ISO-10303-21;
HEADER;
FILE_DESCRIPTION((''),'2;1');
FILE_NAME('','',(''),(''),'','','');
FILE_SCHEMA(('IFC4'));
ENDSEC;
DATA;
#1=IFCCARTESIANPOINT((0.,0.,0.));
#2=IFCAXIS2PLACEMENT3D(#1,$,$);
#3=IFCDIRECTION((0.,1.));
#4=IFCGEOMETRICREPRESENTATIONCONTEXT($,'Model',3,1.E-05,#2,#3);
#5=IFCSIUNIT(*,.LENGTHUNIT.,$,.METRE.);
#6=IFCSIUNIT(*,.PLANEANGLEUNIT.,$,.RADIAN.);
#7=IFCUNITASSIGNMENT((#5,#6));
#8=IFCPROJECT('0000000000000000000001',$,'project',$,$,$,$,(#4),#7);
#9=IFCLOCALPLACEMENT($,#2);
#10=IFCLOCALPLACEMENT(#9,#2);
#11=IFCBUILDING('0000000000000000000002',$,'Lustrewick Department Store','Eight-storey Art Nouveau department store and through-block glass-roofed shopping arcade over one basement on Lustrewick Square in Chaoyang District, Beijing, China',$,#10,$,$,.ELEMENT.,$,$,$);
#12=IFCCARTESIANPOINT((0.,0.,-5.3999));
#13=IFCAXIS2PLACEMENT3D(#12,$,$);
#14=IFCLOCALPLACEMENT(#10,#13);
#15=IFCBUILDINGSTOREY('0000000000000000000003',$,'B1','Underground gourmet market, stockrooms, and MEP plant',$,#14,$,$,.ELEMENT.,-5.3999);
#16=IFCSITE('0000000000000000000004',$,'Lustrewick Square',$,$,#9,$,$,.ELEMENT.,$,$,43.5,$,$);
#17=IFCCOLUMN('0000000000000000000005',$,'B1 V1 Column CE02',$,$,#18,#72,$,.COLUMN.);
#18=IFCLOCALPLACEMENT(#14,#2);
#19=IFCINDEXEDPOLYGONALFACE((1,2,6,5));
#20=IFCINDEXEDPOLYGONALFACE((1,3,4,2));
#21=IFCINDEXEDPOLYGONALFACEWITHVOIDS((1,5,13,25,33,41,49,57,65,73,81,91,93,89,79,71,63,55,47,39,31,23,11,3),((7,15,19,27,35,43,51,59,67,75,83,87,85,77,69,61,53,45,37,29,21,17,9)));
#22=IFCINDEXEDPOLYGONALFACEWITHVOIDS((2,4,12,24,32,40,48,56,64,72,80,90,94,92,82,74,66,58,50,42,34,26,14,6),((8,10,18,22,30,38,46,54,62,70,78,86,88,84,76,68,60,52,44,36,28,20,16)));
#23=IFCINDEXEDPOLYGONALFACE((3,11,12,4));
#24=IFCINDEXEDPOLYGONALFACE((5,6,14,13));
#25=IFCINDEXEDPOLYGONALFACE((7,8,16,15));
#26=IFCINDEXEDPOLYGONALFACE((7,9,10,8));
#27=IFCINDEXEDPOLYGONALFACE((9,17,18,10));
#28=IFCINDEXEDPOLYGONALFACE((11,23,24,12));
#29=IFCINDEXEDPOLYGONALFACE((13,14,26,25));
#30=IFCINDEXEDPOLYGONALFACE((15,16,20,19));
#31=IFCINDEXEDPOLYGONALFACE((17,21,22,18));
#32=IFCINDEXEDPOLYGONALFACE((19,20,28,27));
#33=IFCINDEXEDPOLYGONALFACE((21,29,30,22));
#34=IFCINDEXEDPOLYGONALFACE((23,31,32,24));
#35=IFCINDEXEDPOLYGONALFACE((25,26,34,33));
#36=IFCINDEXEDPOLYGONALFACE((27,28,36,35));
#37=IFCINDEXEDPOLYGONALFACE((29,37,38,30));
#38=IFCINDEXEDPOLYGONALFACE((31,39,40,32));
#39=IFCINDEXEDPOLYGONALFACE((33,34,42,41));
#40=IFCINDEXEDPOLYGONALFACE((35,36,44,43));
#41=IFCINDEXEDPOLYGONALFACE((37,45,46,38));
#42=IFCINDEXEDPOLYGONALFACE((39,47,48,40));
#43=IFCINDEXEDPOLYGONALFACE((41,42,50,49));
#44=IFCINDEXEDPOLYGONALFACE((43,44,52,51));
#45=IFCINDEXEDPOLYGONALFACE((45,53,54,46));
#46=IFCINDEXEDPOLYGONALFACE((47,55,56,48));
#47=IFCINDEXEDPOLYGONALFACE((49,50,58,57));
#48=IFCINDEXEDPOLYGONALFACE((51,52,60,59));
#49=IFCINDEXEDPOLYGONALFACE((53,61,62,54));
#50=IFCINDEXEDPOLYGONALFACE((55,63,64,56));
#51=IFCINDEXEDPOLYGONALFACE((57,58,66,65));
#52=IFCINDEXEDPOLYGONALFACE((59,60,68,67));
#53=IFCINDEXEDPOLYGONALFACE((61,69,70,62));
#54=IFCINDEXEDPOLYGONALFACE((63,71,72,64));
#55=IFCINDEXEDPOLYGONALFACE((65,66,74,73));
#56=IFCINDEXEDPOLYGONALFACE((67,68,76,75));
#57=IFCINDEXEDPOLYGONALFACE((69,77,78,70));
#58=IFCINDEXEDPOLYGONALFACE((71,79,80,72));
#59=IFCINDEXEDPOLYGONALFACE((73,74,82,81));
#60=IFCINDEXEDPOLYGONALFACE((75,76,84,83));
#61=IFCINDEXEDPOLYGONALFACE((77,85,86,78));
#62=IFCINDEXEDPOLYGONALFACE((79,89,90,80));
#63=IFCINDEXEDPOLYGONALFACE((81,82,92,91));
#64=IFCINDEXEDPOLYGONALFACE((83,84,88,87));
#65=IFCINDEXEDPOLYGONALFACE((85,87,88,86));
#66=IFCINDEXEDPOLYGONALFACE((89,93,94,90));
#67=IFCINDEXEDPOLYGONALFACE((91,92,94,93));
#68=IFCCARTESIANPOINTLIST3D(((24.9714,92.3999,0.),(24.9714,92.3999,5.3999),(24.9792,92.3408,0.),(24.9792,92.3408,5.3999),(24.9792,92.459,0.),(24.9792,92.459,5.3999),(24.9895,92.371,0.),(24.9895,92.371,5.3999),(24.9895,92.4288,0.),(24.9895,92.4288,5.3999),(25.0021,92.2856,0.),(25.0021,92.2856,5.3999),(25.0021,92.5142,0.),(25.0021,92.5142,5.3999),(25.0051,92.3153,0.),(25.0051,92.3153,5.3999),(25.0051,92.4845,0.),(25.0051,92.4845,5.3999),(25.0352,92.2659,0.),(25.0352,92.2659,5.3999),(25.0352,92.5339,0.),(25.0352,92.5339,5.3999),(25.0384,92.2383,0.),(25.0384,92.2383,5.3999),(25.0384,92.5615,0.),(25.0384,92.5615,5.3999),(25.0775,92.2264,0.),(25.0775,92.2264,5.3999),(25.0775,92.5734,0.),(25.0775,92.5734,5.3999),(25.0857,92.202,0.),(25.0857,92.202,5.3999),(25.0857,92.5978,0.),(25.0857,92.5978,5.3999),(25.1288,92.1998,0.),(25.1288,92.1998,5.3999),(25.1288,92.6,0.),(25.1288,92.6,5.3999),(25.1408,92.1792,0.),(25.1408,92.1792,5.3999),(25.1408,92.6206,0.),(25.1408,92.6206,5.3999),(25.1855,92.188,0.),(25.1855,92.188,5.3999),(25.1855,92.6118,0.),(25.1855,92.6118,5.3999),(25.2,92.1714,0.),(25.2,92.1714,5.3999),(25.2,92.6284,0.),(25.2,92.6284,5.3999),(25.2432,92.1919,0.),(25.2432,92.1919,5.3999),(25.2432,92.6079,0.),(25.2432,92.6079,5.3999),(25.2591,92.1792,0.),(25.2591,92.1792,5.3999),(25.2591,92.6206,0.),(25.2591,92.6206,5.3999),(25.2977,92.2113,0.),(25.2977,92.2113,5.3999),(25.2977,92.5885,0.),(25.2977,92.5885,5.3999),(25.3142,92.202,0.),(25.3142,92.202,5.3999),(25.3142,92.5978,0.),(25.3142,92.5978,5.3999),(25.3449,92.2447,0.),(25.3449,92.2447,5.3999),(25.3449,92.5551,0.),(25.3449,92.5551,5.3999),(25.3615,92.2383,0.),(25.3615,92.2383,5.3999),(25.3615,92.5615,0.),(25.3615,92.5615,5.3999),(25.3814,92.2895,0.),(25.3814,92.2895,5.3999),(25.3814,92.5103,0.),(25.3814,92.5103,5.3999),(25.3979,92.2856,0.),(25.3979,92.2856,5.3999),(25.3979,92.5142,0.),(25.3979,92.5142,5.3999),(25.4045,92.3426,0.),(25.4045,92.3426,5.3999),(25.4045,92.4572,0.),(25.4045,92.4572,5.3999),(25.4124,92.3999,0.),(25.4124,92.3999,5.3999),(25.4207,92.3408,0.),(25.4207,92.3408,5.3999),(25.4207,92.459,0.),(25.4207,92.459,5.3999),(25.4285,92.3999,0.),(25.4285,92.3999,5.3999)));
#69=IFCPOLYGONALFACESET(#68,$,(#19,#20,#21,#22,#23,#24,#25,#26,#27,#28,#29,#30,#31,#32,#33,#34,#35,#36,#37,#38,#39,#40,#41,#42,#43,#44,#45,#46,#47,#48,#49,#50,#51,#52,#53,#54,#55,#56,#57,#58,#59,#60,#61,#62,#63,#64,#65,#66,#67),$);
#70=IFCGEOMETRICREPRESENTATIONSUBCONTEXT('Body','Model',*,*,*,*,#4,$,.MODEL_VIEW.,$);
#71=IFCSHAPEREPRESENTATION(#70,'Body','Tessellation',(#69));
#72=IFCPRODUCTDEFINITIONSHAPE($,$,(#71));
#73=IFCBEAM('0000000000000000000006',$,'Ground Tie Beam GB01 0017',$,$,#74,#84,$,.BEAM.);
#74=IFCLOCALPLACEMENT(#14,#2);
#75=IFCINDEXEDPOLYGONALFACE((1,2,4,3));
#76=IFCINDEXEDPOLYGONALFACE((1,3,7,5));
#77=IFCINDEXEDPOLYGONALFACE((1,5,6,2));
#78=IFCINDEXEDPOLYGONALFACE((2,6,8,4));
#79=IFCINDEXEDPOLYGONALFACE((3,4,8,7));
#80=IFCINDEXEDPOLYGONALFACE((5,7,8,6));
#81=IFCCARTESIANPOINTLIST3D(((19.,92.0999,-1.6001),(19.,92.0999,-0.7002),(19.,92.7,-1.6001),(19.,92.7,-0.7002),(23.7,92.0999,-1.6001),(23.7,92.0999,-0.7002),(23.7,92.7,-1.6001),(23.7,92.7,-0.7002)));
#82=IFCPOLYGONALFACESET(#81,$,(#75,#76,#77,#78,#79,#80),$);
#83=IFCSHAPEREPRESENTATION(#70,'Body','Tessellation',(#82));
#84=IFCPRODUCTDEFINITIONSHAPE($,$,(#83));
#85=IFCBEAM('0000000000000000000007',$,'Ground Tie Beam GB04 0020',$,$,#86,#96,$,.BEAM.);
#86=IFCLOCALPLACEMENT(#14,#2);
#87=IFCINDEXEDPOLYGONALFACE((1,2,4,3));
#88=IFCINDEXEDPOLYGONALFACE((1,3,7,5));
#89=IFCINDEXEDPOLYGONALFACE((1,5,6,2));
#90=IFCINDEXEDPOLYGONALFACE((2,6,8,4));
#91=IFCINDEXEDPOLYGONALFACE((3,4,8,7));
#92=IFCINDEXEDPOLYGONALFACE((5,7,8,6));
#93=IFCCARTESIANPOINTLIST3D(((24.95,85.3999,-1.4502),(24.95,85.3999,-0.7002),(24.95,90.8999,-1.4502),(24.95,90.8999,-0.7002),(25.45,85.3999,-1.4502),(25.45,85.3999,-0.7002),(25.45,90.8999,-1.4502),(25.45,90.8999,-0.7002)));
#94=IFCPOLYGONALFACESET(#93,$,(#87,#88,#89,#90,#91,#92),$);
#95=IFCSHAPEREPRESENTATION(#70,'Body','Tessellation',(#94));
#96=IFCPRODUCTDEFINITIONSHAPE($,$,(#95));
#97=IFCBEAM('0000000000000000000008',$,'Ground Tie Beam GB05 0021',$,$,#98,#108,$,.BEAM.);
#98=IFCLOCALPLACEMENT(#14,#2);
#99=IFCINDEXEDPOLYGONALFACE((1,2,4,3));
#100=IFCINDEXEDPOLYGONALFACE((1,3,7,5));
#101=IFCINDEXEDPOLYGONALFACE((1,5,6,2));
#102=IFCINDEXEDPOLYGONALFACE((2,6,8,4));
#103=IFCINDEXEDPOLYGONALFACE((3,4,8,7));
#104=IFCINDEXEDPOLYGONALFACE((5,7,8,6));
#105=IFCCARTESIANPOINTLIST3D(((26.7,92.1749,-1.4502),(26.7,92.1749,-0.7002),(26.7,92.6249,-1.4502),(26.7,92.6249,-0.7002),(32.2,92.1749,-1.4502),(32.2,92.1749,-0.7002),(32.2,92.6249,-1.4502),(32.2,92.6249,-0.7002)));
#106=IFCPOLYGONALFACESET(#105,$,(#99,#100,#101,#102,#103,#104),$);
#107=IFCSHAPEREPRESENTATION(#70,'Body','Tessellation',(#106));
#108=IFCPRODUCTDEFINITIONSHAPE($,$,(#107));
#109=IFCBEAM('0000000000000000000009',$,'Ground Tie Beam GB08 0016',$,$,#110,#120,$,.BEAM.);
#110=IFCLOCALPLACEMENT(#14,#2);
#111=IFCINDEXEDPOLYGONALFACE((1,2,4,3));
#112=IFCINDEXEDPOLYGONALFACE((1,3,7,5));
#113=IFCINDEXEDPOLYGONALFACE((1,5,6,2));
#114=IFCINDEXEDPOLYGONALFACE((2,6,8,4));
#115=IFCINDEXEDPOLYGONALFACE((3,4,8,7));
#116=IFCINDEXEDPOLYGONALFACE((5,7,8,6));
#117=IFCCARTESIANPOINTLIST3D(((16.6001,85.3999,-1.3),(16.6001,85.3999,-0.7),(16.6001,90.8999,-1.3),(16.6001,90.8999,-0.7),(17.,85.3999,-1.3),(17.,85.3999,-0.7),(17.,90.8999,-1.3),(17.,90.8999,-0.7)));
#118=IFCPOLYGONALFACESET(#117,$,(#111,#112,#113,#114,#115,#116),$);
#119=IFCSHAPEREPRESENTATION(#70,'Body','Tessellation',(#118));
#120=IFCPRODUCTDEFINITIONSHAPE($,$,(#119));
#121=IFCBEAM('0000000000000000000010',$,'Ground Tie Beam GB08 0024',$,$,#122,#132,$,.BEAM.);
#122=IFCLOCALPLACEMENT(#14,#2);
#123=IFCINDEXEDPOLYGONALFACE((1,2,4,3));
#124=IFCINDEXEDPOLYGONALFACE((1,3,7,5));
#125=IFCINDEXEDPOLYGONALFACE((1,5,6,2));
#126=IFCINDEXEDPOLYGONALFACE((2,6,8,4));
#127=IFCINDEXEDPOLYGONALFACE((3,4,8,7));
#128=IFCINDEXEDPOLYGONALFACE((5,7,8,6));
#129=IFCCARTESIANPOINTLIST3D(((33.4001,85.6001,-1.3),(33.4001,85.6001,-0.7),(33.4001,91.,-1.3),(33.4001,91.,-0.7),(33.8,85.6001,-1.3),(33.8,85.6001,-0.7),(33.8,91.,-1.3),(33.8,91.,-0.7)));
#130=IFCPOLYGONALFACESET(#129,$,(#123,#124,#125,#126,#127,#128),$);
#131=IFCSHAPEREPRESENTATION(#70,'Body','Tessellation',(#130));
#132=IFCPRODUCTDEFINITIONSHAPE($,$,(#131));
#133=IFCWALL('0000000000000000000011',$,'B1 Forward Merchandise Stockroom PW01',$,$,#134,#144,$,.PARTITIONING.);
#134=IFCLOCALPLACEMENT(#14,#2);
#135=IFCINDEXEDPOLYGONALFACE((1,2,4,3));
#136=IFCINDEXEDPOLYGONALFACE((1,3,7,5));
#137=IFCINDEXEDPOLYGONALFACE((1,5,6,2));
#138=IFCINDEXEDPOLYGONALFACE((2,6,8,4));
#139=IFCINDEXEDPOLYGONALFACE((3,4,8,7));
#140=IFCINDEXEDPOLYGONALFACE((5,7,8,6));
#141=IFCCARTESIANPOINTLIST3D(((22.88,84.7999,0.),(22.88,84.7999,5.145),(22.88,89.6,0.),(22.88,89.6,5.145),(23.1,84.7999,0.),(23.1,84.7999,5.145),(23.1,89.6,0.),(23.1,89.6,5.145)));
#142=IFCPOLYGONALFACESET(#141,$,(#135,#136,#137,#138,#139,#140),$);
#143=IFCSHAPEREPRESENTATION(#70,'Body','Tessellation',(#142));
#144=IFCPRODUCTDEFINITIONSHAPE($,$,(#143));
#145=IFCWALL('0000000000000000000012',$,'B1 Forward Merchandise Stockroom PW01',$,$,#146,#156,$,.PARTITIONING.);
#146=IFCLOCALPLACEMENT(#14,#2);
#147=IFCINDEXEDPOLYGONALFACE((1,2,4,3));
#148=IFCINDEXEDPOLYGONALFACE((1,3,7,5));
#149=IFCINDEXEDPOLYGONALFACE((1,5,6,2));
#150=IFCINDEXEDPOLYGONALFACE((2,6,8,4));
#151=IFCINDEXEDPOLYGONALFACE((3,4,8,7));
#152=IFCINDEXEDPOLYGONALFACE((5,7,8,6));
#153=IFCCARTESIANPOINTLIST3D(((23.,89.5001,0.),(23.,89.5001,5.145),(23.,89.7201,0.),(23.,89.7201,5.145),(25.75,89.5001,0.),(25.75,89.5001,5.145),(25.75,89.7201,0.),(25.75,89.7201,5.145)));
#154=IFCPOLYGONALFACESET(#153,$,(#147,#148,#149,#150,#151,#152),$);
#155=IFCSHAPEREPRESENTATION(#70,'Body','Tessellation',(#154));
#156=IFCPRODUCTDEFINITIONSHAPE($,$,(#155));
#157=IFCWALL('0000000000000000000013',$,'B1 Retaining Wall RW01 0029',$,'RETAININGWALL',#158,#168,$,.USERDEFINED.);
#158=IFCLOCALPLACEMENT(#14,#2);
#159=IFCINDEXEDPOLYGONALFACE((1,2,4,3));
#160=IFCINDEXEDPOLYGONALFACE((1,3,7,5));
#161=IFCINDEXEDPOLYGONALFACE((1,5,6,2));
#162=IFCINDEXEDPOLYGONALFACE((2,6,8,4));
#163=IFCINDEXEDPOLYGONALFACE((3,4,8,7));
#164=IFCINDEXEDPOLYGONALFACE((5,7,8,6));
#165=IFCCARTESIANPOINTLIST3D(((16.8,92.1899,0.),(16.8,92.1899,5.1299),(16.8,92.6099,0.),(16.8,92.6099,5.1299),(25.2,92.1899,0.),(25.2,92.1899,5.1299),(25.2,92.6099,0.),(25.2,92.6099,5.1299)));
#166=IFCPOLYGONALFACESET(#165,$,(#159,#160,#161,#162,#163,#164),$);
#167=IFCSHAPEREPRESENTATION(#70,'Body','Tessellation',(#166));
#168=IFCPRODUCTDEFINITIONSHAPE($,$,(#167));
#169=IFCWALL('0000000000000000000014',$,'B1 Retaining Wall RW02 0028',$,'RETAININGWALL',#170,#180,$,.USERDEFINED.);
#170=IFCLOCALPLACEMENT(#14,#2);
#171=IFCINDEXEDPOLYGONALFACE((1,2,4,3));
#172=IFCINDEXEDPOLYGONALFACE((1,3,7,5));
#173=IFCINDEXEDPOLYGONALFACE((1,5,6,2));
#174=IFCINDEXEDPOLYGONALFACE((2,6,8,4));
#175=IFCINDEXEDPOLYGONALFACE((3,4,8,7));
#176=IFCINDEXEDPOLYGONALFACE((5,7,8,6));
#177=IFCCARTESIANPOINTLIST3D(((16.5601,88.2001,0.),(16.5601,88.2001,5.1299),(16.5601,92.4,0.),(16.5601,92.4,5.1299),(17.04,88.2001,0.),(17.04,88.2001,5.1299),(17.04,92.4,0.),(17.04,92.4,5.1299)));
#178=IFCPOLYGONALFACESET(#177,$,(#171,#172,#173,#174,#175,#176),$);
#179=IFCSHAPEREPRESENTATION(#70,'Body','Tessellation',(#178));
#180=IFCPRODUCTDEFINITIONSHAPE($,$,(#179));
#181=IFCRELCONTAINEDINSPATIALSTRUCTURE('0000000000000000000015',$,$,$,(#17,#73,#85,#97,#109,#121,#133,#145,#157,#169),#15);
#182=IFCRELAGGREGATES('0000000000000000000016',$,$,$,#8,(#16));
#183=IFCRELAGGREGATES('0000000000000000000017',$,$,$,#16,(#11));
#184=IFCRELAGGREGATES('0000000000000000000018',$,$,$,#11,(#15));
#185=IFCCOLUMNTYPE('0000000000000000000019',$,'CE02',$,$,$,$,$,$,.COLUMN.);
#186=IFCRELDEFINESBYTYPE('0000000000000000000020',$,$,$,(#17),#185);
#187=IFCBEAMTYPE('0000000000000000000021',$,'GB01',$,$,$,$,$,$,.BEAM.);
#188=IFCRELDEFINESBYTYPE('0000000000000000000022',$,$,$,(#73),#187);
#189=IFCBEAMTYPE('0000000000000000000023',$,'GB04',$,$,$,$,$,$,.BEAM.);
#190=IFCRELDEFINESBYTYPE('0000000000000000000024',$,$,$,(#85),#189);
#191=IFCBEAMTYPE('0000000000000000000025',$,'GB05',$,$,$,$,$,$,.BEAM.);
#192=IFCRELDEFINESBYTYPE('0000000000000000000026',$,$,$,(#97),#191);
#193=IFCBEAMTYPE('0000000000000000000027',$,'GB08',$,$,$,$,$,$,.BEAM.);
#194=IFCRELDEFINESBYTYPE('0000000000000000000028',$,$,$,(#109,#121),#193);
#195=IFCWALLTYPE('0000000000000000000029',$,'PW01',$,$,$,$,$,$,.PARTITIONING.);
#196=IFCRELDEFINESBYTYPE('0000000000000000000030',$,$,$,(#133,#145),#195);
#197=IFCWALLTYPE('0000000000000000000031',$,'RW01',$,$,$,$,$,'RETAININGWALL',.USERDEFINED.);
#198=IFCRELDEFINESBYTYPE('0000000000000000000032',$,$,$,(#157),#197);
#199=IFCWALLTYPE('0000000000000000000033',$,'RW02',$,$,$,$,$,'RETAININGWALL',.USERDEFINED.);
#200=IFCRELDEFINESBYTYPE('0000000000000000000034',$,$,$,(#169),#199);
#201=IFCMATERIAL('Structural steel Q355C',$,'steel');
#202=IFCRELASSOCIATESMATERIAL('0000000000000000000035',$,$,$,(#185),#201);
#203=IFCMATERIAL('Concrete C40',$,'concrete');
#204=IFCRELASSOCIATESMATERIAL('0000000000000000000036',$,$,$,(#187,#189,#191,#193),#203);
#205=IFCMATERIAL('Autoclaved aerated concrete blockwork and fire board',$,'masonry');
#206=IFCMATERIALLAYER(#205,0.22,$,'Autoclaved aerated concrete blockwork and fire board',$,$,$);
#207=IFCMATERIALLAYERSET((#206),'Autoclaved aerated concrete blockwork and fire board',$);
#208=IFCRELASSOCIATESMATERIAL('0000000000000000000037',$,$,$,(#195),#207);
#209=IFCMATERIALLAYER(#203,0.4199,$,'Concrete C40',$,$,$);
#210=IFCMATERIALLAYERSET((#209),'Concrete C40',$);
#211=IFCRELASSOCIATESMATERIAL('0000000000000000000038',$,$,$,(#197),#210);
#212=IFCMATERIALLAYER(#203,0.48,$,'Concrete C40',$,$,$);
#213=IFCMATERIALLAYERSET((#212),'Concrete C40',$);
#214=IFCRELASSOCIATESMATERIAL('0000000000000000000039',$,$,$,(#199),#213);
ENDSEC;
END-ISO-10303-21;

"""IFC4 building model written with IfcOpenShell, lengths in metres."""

from ifc_helpers import new_model, si_unit, direction, frame, frame_2d, origin, origin_2d, place, context, subcontext, project, spatial, rectangle, hollow_circle, extrude, material, layer, layer_set, material_profile, profile_set, type_object, element, save


model = new_model("IFC4")

# Units and contexts
model_context = context("Model", 3, precision=1e-05, world=origin(), true_north=direction((0.0, 1.0)))
body_context = subcontext(model_context, "Body", "Model", "MODEL_VIEW")
ifc_project = project(units=[si_unit("LENGTHUNIT", "METRE"), si_unit("PLANEANGLEUNIT", "RADIAN")], contexts=[model_context])

# Site, building, storey
site_placement = place(None, origin())
site = spatial("IfcSite", under=ifc_project, at=site_placement, Name="Lustrewick Square", CompositionType="ELEMENT", RefElevation=43.5)
building_placement = place(site_placement, origin())
building = spatial("IfcBuilding", under=site, at=building_placement, Name="Lustrewick Department Store", Description="Eight-storey Art Nouveau department store and through-block glass-roofed shopping arcade over one basement on Lustrewick Square in Chaoyang District, Beijing, China", CompositionType="ELEMENT")
storey_placement = place(building_placement, frame((0.0, 0.0, -5.3999)))
storey = spatial("IfcBuildingStorey", under=building, at=storey_placement, Name="B1", Description="Underground gourmet market, stockrooms, and MEP plant", CompositionType="ELEMENT", Elevation=-5.3999)

# Shared definitions
ifc_material_1 = material(Name="Concrete C40", Category="concrete")

# Column
ifc_material_2 = material(Name="Structural steel Q355C", Category="steel")
ifc_material_profile_1 = material_profile(ifc_material_2, hollow_circle(Radius=0.2285, WallThickness=0.0161, at=origin_2d()), Name="CHS 457x16")
ifc_profile_set_1 = profile_set([ifc_material_profile_1], Name="Structural steel Q355C")
column_type = type_object("IfcColumnType", Name="CE02", PredefinedType="COLUMN", material=ifc_profile_set_1)
for number, where, z_axis, x_axis, name in (
    (1, (25.2, 92.3999, 0.0), (0.0, 0.0, 1.0), (1.0, 0.0, 0.0), "B1 V1 Column CE02"),
):
    element("IfcColumn", number, at=place(storey_placement, frame(where, z_axis=z_axis, x_axis=x_axis)), inside=storey, type_object=column_type, Name=name, PredefinedType="COLUMN", context=body_context, shape_type="SweptSolid", body=[
        extrude(hollow_circle(Radius=0.2285, WallThickness=0.0161, at=origin_2d()), origin(), (0.0, 0.0, 1.0), 5.3999),
    ])

# Beams
ifc_material_profile_2 = material_profile(ifc_material_1, rectangle(XDim=0.6001, YDim=0.8999, at=origin_2d()), Name="RC 600x900")
ifc_profile_set_2 = profile_set([ifc_material_profile_2], Name="Concrete C40")
beam_type_1 = type_object("IfcBeamType", Name="GB01", PredefinedType="BEAM", material=ifc_profile_set_2)
beam_1_placement = place(storey_placement, frame((19.0, 92.3999, -1.1501), z_axis=(1.0, 0.0, 0.0), x_axis=(0.0, 1.0, 0.0)))
element("IfcBeam", 2, at=beam_1_placement, inside=storey, type_object=beam_type_1, Name="Ground Tie Beam GB01 0017", PredefinedType="BEAM", context=body_context, shape_type="SweptSolid", body=[
    extrude(rectangle(XDim=0.6001, YDim=0.8999, at=origin_2d()), origin(), (0.0, 0.0, 1.0), 4.7),
])
ifc_material_profile_3 = material_profile(ifc_material_1, rectangle(XDim=0.5, YDim=0.75, at=origin_2d()), Name="RC 500x750")
ifc_profile_set_3 = profile_set([ifc_material_profile_3], Name="Concrete C40")
beam_type_2 = type_object("IfcBeamType", Name="GB04", PredefinedType="BEAM", material=ifc_profile_set_3)
beam_2_placement = place(storey_placement, frame((25.2, 85.3999, -1.0752), z_axis=(0.0, 1.0, 0.0), x_axis=(-1.0, 0.0, 0.0)))
element("IfcBeam", 3, at=beam_2_placement, inside=storey, type_object=beam_type_2, Name="Ground Tie Beam GB04 0020", PredefinedType="BEAM", context=body_context, shape_type="SweptSolid", body=[
    extrude(rectangle(XDim=0.5, YDim=0.75, at=origin_2d()), origin(), (0.0, 0.0, 1.0), 5.5),
])
ifc_material_profile_4 = material_profile(ifc_material_1, rectangle(XDim=0.45, YDim=0.75, at=origin_2d()), Name="RC 450x750")
ifc_profile_set_4 = profile_set([ifc_material_profile_4], Name="Concrete C40")
beam_type_3 = type_object("IfcBeamType", Name="GB05", PredefinedType="BEAM", material=ifc_profile_set_4)
beam_3_placement = place(storey_placement, frame((26.7, 92.3999, -1.0752), z_axis=(1.0, 0.0, 0.0), x_axis=(0.0, 1.0, 0.0)))
element("IfcBeam", 4, at=beam_3_placement, inside=storey, type_object=beam_type_3, Name="Ground Tie Beam GB05 0021", PredefinedType="BEAM", context=body_context, shape_type="SweptSolid", body=[
    extrude(rectangle(XDim=0.45, YDim=0.75, at=origin_2d()), origin(), (0.0, 0.0, 1.0), 5.5),
])
ifc_material_profile_5 = material_profile(ifc_material_1, rectangle(XDim=0.3999, YDim=0.6001, at=origin_2d()), Name="RC 400x600")
ifc_profile_set_5 = profile_set([ifc_material_profile_5], Name="Concrete C40")
beam_type_4 = type_object("IfcBeamType", Name="GB08", PredefinedType="BEAM", material=ifc_profile_set_5)
beam_4_placement = place(storey_placement, frame((16.8, 85.3999, -1.0), z_axis=(0.0, 1.0, 0.0), x_axis=(-1.0, 0.0, 0.0)))
element("IfcBeam", 5, at=beam_4_placement, inside=storey, type_object=beam_type_4, Name="Ground Tie Beam GB08 0016", PredefinedType="BEAM", context=body_context, shape_type="SweptSolid", body=[
    extrude(rectangle(XDim=0.3999, YDim=0.6001, at=origin_2d()), origin(), (0.0, 0.0, 1.0), 5.5),
])
beam_5_placement = place(storey_placement, frame((33.6001, 85.6001, -1.0), z_axis=(0.0, 1.0, 0.0), x_axis=(-1.0, 0.0, 0.0)))
element("IfcBeam", 6, at=beam_5_placement, inside=storey, type_object=beam_type_4, Name="Ground Tie Beam GB08 0024", PredefinedType="BEAM", context=body_context, shape_type="SweptSolid", body=[
    extrude(rectangle(XDim=0.3999, YDim=0.6001, at=origin_2d()), origin(), (0.0, 0.0, 1.0), 5.3999),
])

# Walls
ifc_material_3 = material(Name="Autoclaved aerated concrete blockwork and fire board", Category="masonry")
ifc_layer_1 = layer(ifc_material_3, 0.22, Name="Autoclaved aerated concrete blockwork and fire board")
ifc_layer_set_1 = layer_set([ifc_layer_1], Name="Autoclaved aerated concrete blockwork and fire board")
wall_type_1 = type_object("IfcWallType", Name="PW01", PredefinedType="PARTITIONING", material=ifc_layer_set_1)
wall_1_placement = place(storey_placement, frame((22.99, 84.8, 0.0), z_axis=(0.0, 0.0, 1.0), x_axis=(0.0, 1.0, 0.0)))
element("IfcWall", 7, at=wall_1_placement, inside=storey, type_object=wall_type_1, Name="B1 Forward Merchandise Stockroom PW01", PredefinedType="PARTITIONING", context=body_context, shape_type="SweptSolid", body=[
    extrude(rectangle(XDim=4.8, YDim=0.22, at=frame_2d((2.3999, 0.0))), origin(), (0.0, 0.0, 1.0), 5.145),
])
wall_2_placement = place(storey_placement, frame((23.0, 89.6101, 0.0), z_axis=(0.0, 0.0, 1.0), x_axis=(1.0, 0.0, 0.0)))
element("IfcWall", 8, at=wall_2_placement, inside=storey, type_object=wall_type_1, Name="B1 Forward Merchandise Stockroom PW01", PredefinedType="PARTITIONING", context=body_context, shape_type="SweptSolid", body=[
    extrude(rectangle(XDim=2.75, YDim=0.22, at=frame_2d((1.375, 0.0))), origin(), (0.0, 0.0, 1.0), 5.145),
])
ifc_layer_2 = layer(ifc_material_1, 0.4199, Name="Concrete C40")
ifc_layer_set_2 = layer_set([ifc_layer_2], Name="Concrete C40")
wall_type_2 = type_object("IfcWallType", Name="RW01", ElementType="RETAININGWALL", PredefinedType="USERDEFINED", material=ifc_layer_set_2)
wall_3_placement = place(storey_placement, frame((16.8, 92.3999, 0.0), z_axis=(0.0, 0.0, 1.0), x_axis=(1.0, 0.0, 0.0)))
element("IfcWall", 9, at=wall_3_placement, inside=storey, type_object=wall_type_2, Name="B1 Retaining Wall RW01 0029", ObjectType="RETAININGWALL", PredefinedType="USERDEFINED", context=body_context, shape_type="SweptSolid", body=[
    extrude(rectangle(XDim=8.3999, YDim=0.4199, at=frame_2d((4.2, 0.0))), origin(), (0.0, 0.0, 1.0), 5.1299),
])
ifc_layer_3 = layer(ifc_material_1, 0.48, Name="Concrete C40")
ifc_layer_set_3 = layer_set([ifc_layer_3], Name="Concrete C40")
wall_type_3 = type_object("IfcWallType", Name="RW02", ElementType="RETAININGWALL", PredefinedType="USERDEFINED", material=ifc_layer_set_3)
wall_4_placement = place(storey_placement, frame((16.8, 88.2, 0.0), z_axis=(0.0, 0.0, 1.0), x_axis=(0.0, 1.0, 0.0)))
element("IfcWall", 10, at=wall_4_placement, inside=storey, type_object=wall_type_3, Name="B1 Retaining Wall RW02 0028", ObjectType="RETAININGWALL", PredefinedType="USERDEFINED", context=body_context, shape_type="SweptSolid", body=[
    extrude(rectangle(XDim=4.2, YDim=0.48, at=frame_2d((2.1001, 0.0))), origin(), (0.0, 0.0, 1.0), 5.1299),
])

save(model, "model.ifc")
